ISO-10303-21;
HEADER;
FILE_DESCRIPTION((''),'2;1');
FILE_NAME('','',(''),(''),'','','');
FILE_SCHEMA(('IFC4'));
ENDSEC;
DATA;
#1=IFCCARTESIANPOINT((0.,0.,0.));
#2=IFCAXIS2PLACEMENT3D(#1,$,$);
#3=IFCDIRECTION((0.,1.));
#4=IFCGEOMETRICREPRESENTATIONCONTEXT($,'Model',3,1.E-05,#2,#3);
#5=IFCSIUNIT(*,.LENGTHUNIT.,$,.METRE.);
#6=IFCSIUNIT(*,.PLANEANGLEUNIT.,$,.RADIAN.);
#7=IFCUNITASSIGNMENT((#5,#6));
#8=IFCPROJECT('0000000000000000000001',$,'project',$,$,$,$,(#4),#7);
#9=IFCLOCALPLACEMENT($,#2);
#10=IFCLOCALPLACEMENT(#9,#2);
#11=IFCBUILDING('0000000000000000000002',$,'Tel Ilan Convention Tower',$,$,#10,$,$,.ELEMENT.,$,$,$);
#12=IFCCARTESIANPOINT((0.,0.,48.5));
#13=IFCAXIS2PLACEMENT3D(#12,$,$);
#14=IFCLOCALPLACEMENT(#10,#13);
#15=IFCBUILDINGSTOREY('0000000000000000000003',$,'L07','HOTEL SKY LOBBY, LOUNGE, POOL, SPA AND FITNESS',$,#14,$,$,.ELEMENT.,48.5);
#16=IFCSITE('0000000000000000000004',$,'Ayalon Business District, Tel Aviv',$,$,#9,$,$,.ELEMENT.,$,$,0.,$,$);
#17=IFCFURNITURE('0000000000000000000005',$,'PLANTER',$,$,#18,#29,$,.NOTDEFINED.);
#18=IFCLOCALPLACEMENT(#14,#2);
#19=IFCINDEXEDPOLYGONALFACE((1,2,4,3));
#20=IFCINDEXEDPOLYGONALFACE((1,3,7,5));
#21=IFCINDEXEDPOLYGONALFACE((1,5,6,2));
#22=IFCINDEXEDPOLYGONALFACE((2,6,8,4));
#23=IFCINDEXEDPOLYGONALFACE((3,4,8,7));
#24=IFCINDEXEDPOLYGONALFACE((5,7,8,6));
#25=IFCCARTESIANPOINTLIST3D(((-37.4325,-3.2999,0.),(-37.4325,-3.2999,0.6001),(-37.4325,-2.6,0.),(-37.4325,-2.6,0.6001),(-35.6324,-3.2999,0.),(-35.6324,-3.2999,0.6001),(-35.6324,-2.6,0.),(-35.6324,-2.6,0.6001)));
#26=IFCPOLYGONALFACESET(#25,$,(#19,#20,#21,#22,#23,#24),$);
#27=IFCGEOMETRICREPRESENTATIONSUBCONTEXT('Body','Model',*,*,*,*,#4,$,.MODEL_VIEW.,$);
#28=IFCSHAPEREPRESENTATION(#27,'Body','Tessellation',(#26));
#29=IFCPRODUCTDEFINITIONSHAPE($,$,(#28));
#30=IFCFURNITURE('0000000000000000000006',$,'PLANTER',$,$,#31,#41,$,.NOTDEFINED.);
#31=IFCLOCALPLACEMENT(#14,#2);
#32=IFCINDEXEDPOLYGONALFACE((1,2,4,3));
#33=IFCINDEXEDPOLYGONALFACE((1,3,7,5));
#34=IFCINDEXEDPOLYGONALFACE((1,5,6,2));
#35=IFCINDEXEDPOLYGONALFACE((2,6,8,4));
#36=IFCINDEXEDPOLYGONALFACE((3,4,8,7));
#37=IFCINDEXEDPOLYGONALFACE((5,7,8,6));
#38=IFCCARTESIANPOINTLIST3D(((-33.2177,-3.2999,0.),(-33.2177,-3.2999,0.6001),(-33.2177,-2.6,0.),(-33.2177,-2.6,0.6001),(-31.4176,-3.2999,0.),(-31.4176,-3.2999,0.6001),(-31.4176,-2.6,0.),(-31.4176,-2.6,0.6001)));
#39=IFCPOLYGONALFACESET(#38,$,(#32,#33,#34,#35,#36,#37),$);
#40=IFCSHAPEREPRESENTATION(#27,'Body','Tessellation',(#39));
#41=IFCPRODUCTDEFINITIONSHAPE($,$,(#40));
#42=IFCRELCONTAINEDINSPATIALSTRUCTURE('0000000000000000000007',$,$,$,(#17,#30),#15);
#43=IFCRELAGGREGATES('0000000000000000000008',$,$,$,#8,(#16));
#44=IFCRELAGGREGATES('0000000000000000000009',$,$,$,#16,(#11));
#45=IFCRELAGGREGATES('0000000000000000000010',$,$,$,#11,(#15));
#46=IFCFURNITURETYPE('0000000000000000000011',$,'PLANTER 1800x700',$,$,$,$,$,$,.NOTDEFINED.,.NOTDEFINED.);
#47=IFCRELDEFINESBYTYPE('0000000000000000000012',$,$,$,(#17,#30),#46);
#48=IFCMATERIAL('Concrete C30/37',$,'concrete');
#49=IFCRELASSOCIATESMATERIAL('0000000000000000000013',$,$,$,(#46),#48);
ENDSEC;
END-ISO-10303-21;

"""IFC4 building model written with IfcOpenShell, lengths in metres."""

from ifc_helpers import new_model, si_unit, direction, frame, origin, origin_2d, place, context, subcontext, project, spatial, rectangle, extrude, material, type_object, element, save


model = new_model("IFC4")

# Units and contexts
model_context = context("Model", 3, precision=1e-05, world=origin(), true_north=direction((0.0, 1.0)))
body_context = subcontext(model_context, "Body", "Model", "MODEL_VIEW")
ifc_project = project(units=[si_unit("LENGTHUNIT", "METRE"), si_unit("PLANEANGLEUNIT", "RADIAN")], contexts=[model_context])

# Site, building, storey
site_placement = place(None, origin())
site = spatial("IfcSite", under=ifc_project, at=site_placement, Name="Ayalon Business District, Tel Aviv", CompositionType="ELEMENT", RefElevation=0.0)
building_placement = place(site_placement, origin())
building = spatial("IfcBuilding", under=site, at=building_placement, Name="Tel Ilan Convention Tower", CompositionType="ELEMENT")
storey_placement = place(building_placement, frame((0.0, 0.0, 48.5)))
storey = spatial("IfcBuildingStorey", under=building, at=storey_placement, Name="L07", Description="HOTEL SKY LOBBY, LOUNGE, POOL, SPA AND FITNESS", CompositionType="ELEMENT", Elevation=48.5)

# Furniture
ifc_material_1 = material(Name="Concrete C30/37", Category="concrete")
furniture_type = type_object("IfcFurnitureType", Name="PLANTER 1800x700", AssemblyPlace="NOTDEFINED", PredefinedType="NOTDEFINED", material=ifc_material_1)
for number, where, z_axis, x_axis, name in (
    (1, (-36.5325, -2.95, 0.0), (0.0, 0.0, 1.0), (1.0, 0.0, 0.0), "PLANTER"),
    (2, (-32.3176, -2.95, 0.0), (0.0, 0.0, 1.0), (1.0, 0.0, 0.0), "PLANTER"),
):
    element("IfcFurniture", number, at=place(storey_placement, frame(where, z_axis=z_axis, x_axis=x_axis)), inside=storey, type_object=furniture_type, Name=name, PredefinedType="NOTDEFINED", context=body_context, shape_type="SweptSolid", body=[
        extrude(rectangle(XDim=1.8, YDim=0.7, at=origin_2d()), origin(), (0.0, 0.0, 1.0), 0.6001),
    ])

save(model, "model.ifc")
